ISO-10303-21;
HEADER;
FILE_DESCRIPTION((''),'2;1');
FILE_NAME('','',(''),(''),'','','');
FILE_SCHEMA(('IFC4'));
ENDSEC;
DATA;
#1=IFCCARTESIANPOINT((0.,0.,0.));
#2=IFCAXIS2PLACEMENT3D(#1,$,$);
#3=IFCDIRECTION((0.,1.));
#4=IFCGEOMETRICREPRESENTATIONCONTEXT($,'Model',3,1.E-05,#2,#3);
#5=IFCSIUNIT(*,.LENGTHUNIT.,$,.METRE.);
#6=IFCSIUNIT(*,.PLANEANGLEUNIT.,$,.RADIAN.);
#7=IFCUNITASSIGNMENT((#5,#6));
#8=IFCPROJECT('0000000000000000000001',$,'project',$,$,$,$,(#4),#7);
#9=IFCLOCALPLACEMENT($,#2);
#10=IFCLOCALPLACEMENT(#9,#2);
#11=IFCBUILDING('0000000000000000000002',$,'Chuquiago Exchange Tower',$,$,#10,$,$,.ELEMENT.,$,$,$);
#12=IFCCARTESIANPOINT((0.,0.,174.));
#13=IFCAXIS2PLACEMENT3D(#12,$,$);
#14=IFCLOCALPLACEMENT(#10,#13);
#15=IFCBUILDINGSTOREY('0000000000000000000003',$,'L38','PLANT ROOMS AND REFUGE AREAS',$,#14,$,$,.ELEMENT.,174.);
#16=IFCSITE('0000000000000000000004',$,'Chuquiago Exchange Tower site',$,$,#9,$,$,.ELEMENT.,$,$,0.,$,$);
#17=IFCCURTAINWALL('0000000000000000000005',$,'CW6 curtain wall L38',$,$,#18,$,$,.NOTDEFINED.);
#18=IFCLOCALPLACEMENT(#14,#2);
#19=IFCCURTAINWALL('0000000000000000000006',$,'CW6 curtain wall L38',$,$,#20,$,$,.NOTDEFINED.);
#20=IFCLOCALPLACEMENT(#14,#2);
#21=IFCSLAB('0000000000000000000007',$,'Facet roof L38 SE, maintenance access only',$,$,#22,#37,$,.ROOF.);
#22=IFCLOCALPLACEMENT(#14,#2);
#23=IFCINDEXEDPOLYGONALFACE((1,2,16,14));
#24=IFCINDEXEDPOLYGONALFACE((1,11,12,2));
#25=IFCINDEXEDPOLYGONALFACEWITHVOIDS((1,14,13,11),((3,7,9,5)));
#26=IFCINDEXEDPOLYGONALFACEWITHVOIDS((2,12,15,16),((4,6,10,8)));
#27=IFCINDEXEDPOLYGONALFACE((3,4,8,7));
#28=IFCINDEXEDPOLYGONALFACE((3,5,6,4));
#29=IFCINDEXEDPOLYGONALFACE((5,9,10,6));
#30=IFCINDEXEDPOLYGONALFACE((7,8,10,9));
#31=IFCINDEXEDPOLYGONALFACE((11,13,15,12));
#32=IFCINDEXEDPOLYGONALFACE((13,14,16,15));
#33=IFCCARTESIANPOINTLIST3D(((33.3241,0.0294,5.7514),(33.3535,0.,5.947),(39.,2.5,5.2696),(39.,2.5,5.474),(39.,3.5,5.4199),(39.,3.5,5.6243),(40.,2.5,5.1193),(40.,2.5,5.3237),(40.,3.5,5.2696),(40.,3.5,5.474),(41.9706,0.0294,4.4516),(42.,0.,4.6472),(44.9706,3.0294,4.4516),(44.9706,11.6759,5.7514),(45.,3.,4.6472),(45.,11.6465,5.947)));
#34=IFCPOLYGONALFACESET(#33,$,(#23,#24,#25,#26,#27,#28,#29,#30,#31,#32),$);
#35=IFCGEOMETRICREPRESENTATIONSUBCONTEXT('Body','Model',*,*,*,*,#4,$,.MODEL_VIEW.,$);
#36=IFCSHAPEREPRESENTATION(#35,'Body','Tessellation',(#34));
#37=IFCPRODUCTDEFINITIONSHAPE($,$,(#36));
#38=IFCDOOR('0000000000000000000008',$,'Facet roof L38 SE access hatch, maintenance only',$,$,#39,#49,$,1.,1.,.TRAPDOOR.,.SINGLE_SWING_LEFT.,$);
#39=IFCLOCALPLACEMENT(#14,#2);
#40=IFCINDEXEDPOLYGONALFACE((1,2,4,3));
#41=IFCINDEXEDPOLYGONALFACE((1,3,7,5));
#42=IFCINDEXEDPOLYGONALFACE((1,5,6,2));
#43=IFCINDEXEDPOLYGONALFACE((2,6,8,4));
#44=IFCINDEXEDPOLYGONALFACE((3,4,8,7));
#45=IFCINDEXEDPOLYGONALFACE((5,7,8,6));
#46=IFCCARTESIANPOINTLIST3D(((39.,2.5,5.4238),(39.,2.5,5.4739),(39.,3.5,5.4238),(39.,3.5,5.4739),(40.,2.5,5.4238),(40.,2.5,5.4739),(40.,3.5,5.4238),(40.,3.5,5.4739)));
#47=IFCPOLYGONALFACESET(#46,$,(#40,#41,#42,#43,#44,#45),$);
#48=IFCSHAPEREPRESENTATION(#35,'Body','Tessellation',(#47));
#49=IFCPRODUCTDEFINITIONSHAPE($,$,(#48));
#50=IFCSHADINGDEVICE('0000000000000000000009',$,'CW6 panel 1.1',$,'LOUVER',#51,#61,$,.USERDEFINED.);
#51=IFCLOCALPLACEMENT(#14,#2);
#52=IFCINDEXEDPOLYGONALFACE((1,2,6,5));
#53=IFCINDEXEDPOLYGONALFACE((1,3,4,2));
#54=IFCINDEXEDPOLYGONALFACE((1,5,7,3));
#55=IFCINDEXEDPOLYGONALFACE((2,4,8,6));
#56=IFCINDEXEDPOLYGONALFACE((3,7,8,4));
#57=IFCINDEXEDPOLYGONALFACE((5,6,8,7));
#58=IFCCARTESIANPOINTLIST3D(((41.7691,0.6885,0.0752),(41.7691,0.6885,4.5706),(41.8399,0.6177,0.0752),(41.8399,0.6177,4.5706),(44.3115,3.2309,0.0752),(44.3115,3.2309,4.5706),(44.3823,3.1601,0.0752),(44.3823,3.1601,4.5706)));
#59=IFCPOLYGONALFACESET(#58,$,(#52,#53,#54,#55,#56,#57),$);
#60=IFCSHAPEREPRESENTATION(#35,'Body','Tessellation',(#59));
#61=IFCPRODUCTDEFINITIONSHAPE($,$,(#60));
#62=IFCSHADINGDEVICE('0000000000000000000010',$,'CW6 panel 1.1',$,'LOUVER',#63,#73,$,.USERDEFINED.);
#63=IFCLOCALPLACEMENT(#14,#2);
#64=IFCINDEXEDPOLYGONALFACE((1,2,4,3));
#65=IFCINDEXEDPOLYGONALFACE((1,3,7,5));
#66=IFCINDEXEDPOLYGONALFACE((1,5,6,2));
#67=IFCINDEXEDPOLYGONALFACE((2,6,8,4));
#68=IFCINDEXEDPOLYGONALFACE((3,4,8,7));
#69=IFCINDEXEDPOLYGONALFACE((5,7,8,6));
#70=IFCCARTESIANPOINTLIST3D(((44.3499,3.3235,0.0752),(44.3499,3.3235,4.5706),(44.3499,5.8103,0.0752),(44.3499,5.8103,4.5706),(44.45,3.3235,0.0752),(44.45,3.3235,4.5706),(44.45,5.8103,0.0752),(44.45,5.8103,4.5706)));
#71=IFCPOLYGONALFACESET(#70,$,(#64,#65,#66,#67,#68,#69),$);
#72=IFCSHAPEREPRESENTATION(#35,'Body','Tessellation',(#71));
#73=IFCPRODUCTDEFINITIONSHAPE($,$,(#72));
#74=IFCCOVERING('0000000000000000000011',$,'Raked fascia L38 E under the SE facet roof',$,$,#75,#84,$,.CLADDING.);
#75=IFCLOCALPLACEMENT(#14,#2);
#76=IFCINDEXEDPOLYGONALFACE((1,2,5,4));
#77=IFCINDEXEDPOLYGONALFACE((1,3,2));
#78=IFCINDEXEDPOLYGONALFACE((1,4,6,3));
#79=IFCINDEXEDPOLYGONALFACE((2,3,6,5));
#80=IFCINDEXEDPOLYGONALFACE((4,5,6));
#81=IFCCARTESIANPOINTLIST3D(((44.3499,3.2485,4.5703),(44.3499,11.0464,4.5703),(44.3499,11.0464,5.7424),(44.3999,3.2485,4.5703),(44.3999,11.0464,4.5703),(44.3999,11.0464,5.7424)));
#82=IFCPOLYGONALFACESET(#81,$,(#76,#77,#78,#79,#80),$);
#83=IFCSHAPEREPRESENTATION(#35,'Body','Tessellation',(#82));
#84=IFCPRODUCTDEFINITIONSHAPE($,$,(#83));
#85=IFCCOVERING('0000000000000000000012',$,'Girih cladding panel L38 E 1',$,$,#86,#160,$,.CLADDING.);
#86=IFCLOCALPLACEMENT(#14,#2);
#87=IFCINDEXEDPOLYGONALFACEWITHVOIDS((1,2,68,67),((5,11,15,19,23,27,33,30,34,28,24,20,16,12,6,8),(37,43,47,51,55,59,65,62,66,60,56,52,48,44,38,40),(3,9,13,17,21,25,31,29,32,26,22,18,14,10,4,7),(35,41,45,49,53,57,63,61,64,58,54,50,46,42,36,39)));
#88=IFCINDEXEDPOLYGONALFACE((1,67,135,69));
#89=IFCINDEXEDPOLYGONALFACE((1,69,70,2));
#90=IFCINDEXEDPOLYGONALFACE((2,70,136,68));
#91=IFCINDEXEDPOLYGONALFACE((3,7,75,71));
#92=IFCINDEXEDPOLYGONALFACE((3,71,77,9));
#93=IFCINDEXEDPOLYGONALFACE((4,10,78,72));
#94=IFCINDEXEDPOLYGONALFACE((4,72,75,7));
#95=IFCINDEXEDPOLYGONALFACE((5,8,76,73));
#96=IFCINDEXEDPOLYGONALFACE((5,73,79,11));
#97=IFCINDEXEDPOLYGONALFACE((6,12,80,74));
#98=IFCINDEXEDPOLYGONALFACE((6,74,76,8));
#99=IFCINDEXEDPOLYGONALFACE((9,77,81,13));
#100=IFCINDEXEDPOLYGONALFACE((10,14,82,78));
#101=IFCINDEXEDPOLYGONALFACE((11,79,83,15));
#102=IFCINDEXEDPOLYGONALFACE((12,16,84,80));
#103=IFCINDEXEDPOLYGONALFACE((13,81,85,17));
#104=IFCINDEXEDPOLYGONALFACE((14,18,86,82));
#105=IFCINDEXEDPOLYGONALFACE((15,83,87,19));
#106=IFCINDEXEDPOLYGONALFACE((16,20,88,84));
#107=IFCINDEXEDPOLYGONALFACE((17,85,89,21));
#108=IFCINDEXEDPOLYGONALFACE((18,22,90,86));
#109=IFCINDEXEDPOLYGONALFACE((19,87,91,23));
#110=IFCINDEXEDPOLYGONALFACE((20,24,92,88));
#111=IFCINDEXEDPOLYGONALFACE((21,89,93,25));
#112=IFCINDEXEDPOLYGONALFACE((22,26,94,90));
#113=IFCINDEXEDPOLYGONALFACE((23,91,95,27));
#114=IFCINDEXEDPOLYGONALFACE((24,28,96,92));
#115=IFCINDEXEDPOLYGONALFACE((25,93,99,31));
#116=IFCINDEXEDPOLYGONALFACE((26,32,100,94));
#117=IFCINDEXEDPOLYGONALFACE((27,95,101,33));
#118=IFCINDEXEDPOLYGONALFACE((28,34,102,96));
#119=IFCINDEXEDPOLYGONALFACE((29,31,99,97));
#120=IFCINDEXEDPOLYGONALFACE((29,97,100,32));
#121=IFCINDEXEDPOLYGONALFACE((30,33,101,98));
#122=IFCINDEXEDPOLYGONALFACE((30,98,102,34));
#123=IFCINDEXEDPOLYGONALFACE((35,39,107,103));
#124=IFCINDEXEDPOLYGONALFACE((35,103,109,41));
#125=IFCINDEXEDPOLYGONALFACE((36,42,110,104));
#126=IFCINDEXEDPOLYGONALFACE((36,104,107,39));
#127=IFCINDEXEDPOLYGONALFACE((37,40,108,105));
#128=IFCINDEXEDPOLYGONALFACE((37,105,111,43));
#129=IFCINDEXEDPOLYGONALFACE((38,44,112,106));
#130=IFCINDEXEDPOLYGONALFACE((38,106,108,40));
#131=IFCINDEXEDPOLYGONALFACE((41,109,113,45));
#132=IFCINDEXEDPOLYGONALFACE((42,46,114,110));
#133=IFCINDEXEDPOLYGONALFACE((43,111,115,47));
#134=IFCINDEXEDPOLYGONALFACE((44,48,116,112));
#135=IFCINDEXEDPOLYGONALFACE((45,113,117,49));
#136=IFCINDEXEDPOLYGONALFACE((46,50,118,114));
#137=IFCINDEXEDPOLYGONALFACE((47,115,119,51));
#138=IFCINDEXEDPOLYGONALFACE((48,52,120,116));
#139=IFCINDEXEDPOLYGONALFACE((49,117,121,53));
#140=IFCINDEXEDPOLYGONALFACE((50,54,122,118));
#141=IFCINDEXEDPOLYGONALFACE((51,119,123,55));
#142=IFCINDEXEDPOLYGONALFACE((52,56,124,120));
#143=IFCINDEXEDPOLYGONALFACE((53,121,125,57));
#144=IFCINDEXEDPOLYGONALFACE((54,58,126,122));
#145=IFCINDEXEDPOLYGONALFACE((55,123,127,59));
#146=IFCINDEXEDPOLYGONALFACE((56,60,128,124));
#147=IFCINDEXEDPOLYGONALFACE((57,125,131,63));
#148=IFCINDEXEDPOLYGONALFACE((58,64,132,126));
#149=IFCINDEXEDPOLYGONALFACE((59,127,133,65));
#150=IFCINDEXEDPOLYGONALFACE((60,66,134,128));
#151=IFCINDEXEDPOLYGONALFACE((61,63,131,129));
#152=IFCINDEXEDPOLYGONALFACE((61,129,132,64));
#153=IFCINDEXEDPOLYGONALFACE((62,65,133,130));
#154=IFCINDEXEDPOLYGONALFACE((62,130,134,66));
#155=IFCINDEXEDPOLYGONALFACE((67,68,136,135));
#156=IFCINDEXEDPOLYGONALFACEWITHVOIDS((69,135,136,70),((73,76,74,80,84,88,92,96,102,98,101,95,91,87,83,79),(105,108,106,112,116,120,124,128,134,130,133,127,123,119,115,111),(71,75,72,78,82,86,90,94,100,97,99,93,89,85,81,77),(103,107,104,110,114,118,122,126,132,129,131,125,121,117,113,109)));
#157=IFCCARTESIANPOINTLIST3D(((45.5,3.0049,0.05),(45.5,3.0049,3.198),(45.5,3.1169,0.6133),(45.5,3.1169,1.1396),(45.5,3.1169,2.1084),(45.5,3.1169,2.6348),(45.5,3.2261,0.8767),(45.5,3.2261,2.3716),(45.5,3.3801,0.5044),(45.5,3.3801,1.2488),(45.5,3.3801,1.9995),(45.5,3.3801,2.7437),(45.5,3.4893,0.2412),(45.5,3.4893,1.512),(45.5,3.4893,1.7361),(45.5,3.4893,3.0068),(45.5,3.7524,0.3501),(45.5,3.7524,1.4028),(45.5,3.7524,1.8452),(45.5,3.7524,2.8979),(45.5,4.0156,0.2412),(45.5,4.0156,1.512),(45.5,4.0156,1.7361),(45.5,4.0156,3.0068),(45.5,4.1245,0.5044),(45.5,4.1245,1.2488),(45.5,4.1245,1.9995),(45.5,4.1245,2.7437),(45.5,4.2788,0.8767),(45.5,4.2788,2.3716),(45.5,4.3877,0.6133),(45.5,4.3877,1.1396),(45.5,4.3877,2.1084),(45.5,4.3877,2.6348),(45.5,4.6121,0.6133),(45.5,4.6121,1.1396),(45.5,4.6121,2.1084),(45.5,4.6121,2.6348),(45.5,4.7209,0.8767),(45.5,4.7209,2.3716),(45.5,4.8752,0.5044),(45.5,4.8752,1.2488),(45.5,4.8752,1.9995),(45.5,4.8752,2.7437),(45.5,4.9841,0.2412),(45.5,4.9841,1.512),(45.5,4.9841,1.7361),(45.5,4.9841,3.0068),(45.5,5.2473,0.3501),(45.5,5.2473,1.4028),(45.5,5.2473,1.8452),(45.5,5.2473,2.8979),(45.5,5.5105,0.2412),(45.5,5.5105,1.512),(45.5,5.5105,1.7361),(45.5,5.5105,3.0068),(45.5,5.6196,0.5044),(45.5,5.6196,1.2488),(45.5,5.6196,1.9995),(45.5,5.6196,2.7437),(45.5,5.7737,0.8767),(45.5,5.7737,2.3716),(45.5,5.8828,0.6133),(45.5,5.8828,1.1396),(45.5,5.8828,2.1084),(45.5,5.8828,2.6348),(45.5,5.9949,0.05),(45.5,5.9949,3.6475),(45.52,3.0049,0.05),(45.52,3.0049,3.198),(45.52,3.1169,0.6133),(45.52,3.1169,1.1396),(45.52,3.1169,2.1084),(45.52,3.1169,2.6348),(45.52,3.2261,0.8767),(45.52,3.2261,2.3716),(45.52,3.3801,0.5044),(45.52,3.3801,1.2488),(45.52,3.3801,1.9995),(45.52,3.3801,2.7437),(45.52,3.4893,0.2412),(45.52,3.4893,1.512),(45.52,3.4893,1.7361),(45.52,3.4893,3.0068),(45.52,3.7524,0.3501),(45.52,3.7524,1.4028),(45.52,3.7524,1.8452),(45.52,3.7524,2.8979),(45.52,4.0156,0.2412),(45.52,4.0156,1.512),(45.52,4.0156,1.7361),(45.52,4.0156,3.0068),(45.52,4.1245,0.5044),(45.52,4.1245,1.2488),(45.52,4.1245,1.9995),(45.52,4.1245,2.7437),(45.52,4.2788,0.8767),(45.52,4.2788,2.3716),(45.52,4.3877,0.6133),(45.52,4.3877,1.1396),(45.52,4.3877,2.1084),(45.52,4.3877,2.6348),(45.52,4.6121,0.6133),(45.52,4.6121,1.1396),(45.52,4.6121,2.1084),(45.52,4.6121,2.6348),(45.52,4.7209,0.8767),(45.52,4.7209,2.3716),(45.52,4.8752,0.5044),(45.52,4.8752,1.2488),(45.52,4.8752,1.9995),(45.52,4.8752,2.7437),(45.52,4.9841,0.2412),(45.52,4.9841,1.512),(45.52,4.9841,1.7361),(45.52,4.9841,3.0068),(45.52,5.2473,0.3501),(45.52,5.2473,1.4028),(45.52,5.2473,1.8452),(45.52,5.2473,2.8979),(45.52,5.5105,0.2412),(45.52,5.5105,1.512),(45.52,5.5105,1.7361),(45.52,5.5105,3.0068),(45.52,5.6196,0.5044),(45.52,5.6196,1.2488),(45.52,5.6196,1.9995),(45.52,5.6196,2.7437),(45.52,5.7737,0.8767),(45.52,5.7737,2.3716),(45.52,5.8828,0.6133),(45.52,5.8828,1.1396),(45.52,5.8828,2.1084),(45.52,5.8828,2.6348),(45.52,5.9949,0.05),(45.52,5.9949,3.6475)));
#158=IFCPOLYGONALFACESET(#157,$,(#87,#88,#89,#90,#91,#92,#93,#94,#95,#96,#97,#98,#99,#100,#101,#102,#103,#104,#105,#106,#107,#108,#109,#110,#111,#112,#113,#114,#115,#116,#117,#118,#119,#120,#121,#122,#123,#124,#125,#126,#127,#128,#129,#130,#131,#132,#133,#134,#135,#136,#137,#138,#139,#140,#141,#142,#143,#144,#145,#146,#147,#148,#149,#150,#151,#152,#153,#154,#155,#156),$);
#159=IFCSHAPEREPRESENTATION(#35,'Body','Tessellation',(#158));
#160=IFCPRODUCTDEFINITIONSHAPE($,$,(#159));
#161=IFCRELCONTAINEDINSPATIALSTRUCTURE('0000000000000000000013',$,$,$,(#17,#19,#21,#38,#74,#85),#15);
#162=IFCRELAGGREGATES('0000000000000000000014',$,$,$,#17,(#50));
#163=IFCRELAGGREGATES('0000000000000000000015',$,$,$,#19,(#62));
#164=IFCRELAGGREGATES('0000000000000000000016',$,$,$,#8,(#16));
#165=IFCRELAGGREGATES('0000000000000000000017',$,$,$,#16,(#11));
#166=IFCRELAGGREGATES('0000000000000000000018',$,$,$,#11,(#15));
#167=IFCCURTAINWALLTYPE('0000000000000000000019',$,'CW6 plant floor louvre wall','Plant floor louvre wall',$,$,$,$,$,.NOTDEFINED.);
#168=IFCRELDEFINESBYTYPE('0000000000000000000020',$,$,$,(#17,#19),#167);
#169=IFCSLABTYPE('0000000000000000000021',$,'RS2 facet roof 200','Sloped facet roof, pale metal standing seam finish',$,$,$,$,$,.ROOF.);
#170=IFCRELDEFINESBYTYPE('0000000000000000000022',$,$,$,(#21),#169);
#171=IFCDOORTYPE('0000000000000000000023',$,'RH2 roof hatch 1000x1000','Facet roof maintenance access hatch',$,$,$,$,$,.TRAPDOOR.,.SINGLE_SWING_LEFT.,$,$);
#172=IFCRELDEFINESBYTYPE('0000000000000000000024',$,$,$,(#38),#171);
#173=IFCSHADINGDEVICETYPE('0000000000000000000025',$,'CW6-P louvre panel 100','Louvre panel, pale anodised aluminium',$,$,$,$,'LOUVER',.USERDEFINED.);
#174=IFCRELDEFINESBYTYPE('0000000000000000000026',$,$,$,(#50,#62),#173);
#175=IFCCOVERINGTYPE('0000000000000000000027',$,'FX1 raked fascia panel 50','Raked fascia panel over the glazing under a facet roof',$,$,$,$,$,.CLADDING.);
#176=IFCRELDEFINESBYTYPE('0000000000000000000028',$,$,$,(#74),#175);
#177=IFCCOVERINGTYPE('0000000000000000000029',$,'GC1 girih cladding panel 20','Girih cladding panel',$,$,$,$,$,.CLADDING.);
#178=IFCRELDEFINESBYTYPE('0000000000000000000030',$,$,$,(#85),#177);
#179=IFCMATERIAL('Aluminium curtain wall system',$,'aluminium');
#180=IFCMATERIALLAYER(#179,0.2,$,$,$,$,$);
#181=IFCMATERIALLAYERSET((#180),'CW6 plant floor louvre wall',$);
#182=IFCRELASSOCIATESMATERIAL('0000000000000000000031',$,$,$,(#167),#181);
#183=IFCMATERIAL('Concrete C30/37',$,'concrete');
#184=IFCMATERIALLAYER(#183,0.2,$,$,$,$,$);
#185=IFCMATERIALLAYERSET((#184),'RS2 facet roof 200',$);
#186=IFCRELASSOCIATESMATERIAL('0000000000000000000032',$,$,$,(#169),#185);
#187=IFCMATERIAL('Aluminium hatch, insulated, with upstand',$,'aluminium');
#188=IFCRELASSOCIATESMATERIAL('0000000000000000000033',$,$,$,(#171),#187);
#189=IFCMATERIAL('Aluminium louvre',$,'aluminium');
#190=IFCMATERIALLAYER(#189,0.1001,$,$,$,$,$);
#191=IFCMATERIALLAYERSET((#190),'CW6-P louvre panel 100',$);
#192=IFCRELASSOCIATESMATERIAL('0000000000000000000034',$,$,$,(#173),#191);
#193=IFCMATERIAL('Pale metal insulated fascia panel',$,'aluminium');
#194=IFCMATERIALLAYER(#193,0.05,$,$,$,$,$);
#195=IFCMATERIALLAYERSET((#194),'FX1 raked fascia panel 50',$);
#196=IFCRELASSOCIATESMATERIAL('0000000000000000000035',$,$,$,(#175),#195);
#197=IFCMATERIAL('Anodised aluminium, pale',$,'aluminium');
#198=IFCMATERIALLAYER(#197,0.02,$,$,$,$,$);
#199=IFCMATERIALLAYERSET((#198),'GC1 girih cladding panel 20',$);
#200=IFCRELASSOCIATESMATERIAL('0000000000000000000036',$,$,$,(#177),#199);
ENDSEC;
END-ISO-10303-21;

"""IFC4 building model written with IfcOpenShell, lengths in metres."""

from ifc_helpers import new_model, si_unit, direction, frame, origin, origin_2d, place, context, subcontext, project, spatial, polyline, rectangle, outline, extrude, material, layer, layer_set, type_object, element, fill, aggregate, save


model = new_model("IFC4")

# Units and contexts
model_context = context("Model", 3, precision=1e-05, world=origin(), true_north=direction((0.0, 1.0)))
body_context = subcontext(model_context, "Body", "Model", "MODEL_VIEW")
ifc_project = project(units=[si_unit("LENGTHUNIT", "METRE"), si_unit("PLANEANGLEUNIT", "RADIAN")], contexts=[model_context])

# Site, building, storey
site_placement = place(None, origin())
site = spatial("IfcSite", under=ifc_project, at=site_placement, Name="Chuquiago Exchange Tower site", CompositionType="ELEMENT", RefElevation=0.0)
building_placement = place(site_placement, origin())
building = spatial("IfcBuilding", under=site, at=building_placement, Name="Chuquiago Exchange Tower", CompositionType="ELEMENT")
storey_placement = place(building_placement, frame((0.0, 0.0, 174.0)))
storey = spatial("IfcBuildingStorey", under=building, at=storey_placement, Name="L38", Description="PLANT ROOMS AND REFUGE AREAS", CompositionType="ELEMENT", Elevation=174.0)

# Curtain wall
ifc_material_1 = material(Name="Aluminium curtain wall system", Category="aluminium")
ifc_layer_1 = layer(ifc_material_1, 0.2)
ifc_layer_set_1 = layer_set([ifc_layer_1], Name="CW6 plant floor louvre wall")
curtain_wall_type = type_object("IfcCurtainWallType", Name="CW6 plant floor louvre wall", Description="Plant floor louvre wall", PredefinedType="NOTDEFINED", material=ifc_layer_set_1)
curtain_wall_1_placement = place(storey_placement, origin())
curtain_wall_1 = element("IfcCurtainWall", 1, at=curtain_wall_1_placement, inside=storey, type_object=curtain_wall_type, Name="CW6 curtain wall L38", PredefinedType="NOTDEFINED")

# Curtain wall
curtain_wall_2_placement = place(storey_placement, origin())
curtain_wall_2 = element("IfcCurtainWall", 2, at=curtain_wall_2_placement, inside=storey, type_object=curtain_wall_type, Name="CW6 curtain wall L38", PredefinedType="NOTDEFINED")

# Slab, opening, door
ifc_material_2 = material(Name="Concrete C30/37", Category="concrete")
ifc_layer_2 = layer(ifc_material_2, 0.2)
ifc_layer_set_2 = layer_set([ifc_layer_2], Name="RS2 facet roof 200")
slab_type = type_object("IfcSlabType", Name="RS2 facet roof 200", Description="Sloped facet roof, pale metal standing seam finish", PredefinedType="ROOF", material=ifc_layer_set_2)
slab_placement = place(storey_placement, frame((45.0, 3.0, 4.6472), z_axis=(0.147041, -0.147041, 0.97814), x_axis=(-0.707107, -0.707107, 0.0)))
slab = element("IfcSlab", 3, at=slab_placement, inside=storey, type_object=slab_type, Name="Facet roof L38 SE, maintenance access only", PredefinedType="ROOF", context=body_context, shape_type="SweptSolid", body=[
    extrude(outline(polyline([(0.0, 0.0), (4.2426, 0.0), (10.3566, -6.2506), (-6.114, -6.2506), (0.0, 0.0)])), origin(), (0.0, 0.0, -1.0), 0.2),
])
opening_placement = place(storey_placement, frame((39.5, 3.0, 4.9695)))
opening = element("IfcOpeningElement", 4, at=opening_placement, cuts=slab, PredefinedType="OPENING", context=body_context, shape_type="SweptSolid", body=[
    extrude(rectangle(XDim=1.0, YDim=1.0, at=origin_2d()), origin(), (0.0, 0.0, 1.0), 0.8044),
])
ifc_material_3 = material(Name="Aluminium hatch, insulated, with upstand", Category="aluminium")
door_type = type_object("IfcDoorType", Name="RH2 roof hatch 1000x1000", Description="Facet roof maintenance access hatch", OperationType="SINGLE_SWING_LEFT", PredefinedType="TRAPDOOR", material=ifc_material_3)
door_placement = place(opening_placement, frame((0.0, 0.0, 0.4543)))
door = element("IfcDoor", 5, at=door_placement, inside=storey, type_object=door_type, Name="Facet roof L38 SE access hatch, maintenance only", OperationType="SINGLE_SWING_LEFT", OverallHeight=1.0, OverallWidth=1.0, PredefinedType="TRAPDOOR", context=body_context, shape_type="SweptSolid", body=[
    extrude(rectangle(XDim=1.0, YDim=1.0, at=origin_2d()), origin(), (0.0, 0.0, 1.0), 0.05),
])
fill(opening, door)

# Shading devices
ifc_material_4 = material(Name="Aluminium louvre", Category="aluminium")
ifc_layer_3 = layer(ifc_material_4, 0.1001)
ifc_layer_set_3 = layer_set([ifc_layer_3], Name="CW6-P louvre panel 100")
shading_device_type = type_object("IfcShadingDeviceType", Name="CW6-P louvre panel 100", Description="Louvre panel, pale anodised aluminium", ElementType="LOUVER", PredefinedType="USERDEFINED", material=ifc_layer_set_3)
shading_device_1_placement = place(storey_placement, frame((43.0757, 1.9243, 0.0752), z_axis=(0.0, 0.0, 1.0), x_axis=(0.707107, 0.707107, 0.0)))
shading_device_1 = element("IfcShadingDevice", 6, at=shading_device_1_placement, type_object=shading_device_type, Name="CW6 panel 1.1", ObjectType="LOUVER", PredefinedType="USERDEFINED", context=body_context, shape_type="SweptSolid", body=[
    extrude(rectangle(XDim=3.5955, YDim=0.1001, at=origin_2d()), origin(), (0.0, 0.0, 1.0), 4.4954),
])
aggregate(curtain_wall_1, [shading_device_1])
shading_device_2_placement = place(storey_placement, frame((44.3999, 4.5669, 0.0752), z_axis=(0.0, 0.0, 1.0), x_axis=(0.0, 1.0, 0.0)))
shading_device_2 = element("IfcShadingDevice", 7, at=shading_device_2_placement, type_object=shading_device_type, Name="CW6 panel 1.1", ObjectType="LOUVER", PredefinedType="USERDEFINED", context=body_context, shape_type="SweptSolid", body=[
    extrude(rectangle(XDim=2.4868, YDim=0.1001, at=origin_2d()), origin(), (0.0, 0.0, 1.0), 4.4954),
])
aggregate(curtain_wall_2, [shading_device_2])

# Coverings
ifc_material_5 = material(Name="Pale metal insulated fascia panel", Category="aluminium")
ifc_layer_4 = layer(ifc_material_5, 0.05)
ifc_layer_set_4 = layer_set([ifc_layer_4], Name="FX1 raked fascia panel 50")
covering_type_1 = type_object("IfcCoveringType", Name="FX1 raked fascia panel 50", Description="Raked fascia panel over the glazing under a facet roof", PredefinedType="CLADDING", material=ifc_layer_set_4)
covering_1_placement = place(storey_placement, frame((44.3999, 3.2485, 4.5703), z_axis=(1.0, 0.0, 0.0), x_axis=(0.0, 1.0, 0.0)))
element("IfcCovering", 8, at=covering_1_placement, inside=storey, type_object=covering_type_1, Name="Raked fascia L38 E under the SE facet roof", PredefinedType="CLADDING", context=body_context, shape_type="SweptSolid", body=[
    extrude(outline(polyline([(0.0, 0.0), (7.7979, 0.0), (7.7979, 1.1721), (0.0, 0.0)])), origin(), (0.0, 0.0, -1.0), 0.05),
])
ifc_material_6 = material(Name="Anodised aluminium, pale", Category="aluminium")
ifc_layer_5 = layer(ifc_material_6, 0.02)
ifc_layer_set_5 = layer_set([ifc_layer_5], Name="GC1 girih cladding panel 20")
covering_type_2 = type_object("IfcCoveringType", Name="GC1 girih cladding panel 20", Description="Girih cladding panel", PredefinedType="CLADDING", material=ifc_layer_set_5)
covering_2_placement = place(storey_placement, frame((45.5, 3.0049, 0.05), z_axis=(0.0, 0.0, 1.0), x_axis=(0.0, 1.0, 0.0)))
element("IfcCovering", 9, at=covering_2_placement, inside=storey, type_object=covering_type_2, Name="Girih cladding panel L38 E 1", PredefinedType="CLADDING", context=body_context, shape_type="SweptSolid", body=[
    extrude(outline(polyline([(0.0, 0.0), (2.99, 0.0), (2.99, 3.5974), (0.0, 3.1479), (0.0, 0.0)]), holes=[polyline([(1.2739, 0.8267), (1.3828, 1.0896), (1.1196, 1.1987), (1.0107, 1.4619), (0.7476, 1.3528), (0.4844, 1.4619), (0.3752, 1.1987), (0.1121, 1.0896), (0.2212, 0.8267), (0.1121, 0.5632), (0.3752, 0.4543), (0.4844, 0.1912), (0.7476, 0.3), (1.0107, 0.1912), (1.1196, 0.4543), (1.3828, 0.5632), (1.2739, 0.8267)]), polyline([(2.7688, 0.8267), (2.8779, 1.0896), (2.6147, 1.1987), (2.5056, 1.4619), (2.2424, 1.3528), (1.9792, 1.4619), (1.8704, 1.1987), (1.6072, 1.0896), (1.7161, 0.8267), (1.6072, 0.5632), (1.8704, 0.4543), (1.9792, 0.1912), (2.2424, 0.3), (2.5056, 0.1912), (2.6147, 0.4543), (2.8779, 0.5632), (2.7688, 0.8267)]), polyline([(1.2739, 2.3215), (1.3828, 2.5847), (1.1196, 2.6936), (1.0107, 2.9568), (0.7476, 2.8479), (0.4844, 2.9568), (0.3752, 2.6936), (0.1121, 2.5847), (0.2212, 2.3215), (0.1121, 2.0583), (0.3752, 1.9495), (0.4844, 1.686), (0.7476, 1.7952), (1.0107, 1.686), (1.1196, 1.9495), (1.3828, 2.0583), (1.2739, 2.3215)]), polyline([(2.7688, 2.3215), (2.8779, 2.5847), (2.6147, 2.6936), (2.5056, 2.9568), (2.2424, 2.8479), (1.9792, 2.9568), (1.8704, 2.6936), (1.6072, 2.5847), (1.7161, 2.3215), (1.6072, 2.0583), (1.8704, 1.9495), (1.9792, 1.686), (2.2424, 1.7952), (2.5056, 1.686), (2.6147, 1.9495), (2.8779, 2.0583), (2.7688, 2.3215)])]), frame((0.0, 0.0, 0.0), z_axis=(0.0, -1.0, 0.0), x_axis=(1.0, 0.0, 0.0)), (0.0, 0.0, 1.0), 0.02),
])

save(model, "model.ifc")
